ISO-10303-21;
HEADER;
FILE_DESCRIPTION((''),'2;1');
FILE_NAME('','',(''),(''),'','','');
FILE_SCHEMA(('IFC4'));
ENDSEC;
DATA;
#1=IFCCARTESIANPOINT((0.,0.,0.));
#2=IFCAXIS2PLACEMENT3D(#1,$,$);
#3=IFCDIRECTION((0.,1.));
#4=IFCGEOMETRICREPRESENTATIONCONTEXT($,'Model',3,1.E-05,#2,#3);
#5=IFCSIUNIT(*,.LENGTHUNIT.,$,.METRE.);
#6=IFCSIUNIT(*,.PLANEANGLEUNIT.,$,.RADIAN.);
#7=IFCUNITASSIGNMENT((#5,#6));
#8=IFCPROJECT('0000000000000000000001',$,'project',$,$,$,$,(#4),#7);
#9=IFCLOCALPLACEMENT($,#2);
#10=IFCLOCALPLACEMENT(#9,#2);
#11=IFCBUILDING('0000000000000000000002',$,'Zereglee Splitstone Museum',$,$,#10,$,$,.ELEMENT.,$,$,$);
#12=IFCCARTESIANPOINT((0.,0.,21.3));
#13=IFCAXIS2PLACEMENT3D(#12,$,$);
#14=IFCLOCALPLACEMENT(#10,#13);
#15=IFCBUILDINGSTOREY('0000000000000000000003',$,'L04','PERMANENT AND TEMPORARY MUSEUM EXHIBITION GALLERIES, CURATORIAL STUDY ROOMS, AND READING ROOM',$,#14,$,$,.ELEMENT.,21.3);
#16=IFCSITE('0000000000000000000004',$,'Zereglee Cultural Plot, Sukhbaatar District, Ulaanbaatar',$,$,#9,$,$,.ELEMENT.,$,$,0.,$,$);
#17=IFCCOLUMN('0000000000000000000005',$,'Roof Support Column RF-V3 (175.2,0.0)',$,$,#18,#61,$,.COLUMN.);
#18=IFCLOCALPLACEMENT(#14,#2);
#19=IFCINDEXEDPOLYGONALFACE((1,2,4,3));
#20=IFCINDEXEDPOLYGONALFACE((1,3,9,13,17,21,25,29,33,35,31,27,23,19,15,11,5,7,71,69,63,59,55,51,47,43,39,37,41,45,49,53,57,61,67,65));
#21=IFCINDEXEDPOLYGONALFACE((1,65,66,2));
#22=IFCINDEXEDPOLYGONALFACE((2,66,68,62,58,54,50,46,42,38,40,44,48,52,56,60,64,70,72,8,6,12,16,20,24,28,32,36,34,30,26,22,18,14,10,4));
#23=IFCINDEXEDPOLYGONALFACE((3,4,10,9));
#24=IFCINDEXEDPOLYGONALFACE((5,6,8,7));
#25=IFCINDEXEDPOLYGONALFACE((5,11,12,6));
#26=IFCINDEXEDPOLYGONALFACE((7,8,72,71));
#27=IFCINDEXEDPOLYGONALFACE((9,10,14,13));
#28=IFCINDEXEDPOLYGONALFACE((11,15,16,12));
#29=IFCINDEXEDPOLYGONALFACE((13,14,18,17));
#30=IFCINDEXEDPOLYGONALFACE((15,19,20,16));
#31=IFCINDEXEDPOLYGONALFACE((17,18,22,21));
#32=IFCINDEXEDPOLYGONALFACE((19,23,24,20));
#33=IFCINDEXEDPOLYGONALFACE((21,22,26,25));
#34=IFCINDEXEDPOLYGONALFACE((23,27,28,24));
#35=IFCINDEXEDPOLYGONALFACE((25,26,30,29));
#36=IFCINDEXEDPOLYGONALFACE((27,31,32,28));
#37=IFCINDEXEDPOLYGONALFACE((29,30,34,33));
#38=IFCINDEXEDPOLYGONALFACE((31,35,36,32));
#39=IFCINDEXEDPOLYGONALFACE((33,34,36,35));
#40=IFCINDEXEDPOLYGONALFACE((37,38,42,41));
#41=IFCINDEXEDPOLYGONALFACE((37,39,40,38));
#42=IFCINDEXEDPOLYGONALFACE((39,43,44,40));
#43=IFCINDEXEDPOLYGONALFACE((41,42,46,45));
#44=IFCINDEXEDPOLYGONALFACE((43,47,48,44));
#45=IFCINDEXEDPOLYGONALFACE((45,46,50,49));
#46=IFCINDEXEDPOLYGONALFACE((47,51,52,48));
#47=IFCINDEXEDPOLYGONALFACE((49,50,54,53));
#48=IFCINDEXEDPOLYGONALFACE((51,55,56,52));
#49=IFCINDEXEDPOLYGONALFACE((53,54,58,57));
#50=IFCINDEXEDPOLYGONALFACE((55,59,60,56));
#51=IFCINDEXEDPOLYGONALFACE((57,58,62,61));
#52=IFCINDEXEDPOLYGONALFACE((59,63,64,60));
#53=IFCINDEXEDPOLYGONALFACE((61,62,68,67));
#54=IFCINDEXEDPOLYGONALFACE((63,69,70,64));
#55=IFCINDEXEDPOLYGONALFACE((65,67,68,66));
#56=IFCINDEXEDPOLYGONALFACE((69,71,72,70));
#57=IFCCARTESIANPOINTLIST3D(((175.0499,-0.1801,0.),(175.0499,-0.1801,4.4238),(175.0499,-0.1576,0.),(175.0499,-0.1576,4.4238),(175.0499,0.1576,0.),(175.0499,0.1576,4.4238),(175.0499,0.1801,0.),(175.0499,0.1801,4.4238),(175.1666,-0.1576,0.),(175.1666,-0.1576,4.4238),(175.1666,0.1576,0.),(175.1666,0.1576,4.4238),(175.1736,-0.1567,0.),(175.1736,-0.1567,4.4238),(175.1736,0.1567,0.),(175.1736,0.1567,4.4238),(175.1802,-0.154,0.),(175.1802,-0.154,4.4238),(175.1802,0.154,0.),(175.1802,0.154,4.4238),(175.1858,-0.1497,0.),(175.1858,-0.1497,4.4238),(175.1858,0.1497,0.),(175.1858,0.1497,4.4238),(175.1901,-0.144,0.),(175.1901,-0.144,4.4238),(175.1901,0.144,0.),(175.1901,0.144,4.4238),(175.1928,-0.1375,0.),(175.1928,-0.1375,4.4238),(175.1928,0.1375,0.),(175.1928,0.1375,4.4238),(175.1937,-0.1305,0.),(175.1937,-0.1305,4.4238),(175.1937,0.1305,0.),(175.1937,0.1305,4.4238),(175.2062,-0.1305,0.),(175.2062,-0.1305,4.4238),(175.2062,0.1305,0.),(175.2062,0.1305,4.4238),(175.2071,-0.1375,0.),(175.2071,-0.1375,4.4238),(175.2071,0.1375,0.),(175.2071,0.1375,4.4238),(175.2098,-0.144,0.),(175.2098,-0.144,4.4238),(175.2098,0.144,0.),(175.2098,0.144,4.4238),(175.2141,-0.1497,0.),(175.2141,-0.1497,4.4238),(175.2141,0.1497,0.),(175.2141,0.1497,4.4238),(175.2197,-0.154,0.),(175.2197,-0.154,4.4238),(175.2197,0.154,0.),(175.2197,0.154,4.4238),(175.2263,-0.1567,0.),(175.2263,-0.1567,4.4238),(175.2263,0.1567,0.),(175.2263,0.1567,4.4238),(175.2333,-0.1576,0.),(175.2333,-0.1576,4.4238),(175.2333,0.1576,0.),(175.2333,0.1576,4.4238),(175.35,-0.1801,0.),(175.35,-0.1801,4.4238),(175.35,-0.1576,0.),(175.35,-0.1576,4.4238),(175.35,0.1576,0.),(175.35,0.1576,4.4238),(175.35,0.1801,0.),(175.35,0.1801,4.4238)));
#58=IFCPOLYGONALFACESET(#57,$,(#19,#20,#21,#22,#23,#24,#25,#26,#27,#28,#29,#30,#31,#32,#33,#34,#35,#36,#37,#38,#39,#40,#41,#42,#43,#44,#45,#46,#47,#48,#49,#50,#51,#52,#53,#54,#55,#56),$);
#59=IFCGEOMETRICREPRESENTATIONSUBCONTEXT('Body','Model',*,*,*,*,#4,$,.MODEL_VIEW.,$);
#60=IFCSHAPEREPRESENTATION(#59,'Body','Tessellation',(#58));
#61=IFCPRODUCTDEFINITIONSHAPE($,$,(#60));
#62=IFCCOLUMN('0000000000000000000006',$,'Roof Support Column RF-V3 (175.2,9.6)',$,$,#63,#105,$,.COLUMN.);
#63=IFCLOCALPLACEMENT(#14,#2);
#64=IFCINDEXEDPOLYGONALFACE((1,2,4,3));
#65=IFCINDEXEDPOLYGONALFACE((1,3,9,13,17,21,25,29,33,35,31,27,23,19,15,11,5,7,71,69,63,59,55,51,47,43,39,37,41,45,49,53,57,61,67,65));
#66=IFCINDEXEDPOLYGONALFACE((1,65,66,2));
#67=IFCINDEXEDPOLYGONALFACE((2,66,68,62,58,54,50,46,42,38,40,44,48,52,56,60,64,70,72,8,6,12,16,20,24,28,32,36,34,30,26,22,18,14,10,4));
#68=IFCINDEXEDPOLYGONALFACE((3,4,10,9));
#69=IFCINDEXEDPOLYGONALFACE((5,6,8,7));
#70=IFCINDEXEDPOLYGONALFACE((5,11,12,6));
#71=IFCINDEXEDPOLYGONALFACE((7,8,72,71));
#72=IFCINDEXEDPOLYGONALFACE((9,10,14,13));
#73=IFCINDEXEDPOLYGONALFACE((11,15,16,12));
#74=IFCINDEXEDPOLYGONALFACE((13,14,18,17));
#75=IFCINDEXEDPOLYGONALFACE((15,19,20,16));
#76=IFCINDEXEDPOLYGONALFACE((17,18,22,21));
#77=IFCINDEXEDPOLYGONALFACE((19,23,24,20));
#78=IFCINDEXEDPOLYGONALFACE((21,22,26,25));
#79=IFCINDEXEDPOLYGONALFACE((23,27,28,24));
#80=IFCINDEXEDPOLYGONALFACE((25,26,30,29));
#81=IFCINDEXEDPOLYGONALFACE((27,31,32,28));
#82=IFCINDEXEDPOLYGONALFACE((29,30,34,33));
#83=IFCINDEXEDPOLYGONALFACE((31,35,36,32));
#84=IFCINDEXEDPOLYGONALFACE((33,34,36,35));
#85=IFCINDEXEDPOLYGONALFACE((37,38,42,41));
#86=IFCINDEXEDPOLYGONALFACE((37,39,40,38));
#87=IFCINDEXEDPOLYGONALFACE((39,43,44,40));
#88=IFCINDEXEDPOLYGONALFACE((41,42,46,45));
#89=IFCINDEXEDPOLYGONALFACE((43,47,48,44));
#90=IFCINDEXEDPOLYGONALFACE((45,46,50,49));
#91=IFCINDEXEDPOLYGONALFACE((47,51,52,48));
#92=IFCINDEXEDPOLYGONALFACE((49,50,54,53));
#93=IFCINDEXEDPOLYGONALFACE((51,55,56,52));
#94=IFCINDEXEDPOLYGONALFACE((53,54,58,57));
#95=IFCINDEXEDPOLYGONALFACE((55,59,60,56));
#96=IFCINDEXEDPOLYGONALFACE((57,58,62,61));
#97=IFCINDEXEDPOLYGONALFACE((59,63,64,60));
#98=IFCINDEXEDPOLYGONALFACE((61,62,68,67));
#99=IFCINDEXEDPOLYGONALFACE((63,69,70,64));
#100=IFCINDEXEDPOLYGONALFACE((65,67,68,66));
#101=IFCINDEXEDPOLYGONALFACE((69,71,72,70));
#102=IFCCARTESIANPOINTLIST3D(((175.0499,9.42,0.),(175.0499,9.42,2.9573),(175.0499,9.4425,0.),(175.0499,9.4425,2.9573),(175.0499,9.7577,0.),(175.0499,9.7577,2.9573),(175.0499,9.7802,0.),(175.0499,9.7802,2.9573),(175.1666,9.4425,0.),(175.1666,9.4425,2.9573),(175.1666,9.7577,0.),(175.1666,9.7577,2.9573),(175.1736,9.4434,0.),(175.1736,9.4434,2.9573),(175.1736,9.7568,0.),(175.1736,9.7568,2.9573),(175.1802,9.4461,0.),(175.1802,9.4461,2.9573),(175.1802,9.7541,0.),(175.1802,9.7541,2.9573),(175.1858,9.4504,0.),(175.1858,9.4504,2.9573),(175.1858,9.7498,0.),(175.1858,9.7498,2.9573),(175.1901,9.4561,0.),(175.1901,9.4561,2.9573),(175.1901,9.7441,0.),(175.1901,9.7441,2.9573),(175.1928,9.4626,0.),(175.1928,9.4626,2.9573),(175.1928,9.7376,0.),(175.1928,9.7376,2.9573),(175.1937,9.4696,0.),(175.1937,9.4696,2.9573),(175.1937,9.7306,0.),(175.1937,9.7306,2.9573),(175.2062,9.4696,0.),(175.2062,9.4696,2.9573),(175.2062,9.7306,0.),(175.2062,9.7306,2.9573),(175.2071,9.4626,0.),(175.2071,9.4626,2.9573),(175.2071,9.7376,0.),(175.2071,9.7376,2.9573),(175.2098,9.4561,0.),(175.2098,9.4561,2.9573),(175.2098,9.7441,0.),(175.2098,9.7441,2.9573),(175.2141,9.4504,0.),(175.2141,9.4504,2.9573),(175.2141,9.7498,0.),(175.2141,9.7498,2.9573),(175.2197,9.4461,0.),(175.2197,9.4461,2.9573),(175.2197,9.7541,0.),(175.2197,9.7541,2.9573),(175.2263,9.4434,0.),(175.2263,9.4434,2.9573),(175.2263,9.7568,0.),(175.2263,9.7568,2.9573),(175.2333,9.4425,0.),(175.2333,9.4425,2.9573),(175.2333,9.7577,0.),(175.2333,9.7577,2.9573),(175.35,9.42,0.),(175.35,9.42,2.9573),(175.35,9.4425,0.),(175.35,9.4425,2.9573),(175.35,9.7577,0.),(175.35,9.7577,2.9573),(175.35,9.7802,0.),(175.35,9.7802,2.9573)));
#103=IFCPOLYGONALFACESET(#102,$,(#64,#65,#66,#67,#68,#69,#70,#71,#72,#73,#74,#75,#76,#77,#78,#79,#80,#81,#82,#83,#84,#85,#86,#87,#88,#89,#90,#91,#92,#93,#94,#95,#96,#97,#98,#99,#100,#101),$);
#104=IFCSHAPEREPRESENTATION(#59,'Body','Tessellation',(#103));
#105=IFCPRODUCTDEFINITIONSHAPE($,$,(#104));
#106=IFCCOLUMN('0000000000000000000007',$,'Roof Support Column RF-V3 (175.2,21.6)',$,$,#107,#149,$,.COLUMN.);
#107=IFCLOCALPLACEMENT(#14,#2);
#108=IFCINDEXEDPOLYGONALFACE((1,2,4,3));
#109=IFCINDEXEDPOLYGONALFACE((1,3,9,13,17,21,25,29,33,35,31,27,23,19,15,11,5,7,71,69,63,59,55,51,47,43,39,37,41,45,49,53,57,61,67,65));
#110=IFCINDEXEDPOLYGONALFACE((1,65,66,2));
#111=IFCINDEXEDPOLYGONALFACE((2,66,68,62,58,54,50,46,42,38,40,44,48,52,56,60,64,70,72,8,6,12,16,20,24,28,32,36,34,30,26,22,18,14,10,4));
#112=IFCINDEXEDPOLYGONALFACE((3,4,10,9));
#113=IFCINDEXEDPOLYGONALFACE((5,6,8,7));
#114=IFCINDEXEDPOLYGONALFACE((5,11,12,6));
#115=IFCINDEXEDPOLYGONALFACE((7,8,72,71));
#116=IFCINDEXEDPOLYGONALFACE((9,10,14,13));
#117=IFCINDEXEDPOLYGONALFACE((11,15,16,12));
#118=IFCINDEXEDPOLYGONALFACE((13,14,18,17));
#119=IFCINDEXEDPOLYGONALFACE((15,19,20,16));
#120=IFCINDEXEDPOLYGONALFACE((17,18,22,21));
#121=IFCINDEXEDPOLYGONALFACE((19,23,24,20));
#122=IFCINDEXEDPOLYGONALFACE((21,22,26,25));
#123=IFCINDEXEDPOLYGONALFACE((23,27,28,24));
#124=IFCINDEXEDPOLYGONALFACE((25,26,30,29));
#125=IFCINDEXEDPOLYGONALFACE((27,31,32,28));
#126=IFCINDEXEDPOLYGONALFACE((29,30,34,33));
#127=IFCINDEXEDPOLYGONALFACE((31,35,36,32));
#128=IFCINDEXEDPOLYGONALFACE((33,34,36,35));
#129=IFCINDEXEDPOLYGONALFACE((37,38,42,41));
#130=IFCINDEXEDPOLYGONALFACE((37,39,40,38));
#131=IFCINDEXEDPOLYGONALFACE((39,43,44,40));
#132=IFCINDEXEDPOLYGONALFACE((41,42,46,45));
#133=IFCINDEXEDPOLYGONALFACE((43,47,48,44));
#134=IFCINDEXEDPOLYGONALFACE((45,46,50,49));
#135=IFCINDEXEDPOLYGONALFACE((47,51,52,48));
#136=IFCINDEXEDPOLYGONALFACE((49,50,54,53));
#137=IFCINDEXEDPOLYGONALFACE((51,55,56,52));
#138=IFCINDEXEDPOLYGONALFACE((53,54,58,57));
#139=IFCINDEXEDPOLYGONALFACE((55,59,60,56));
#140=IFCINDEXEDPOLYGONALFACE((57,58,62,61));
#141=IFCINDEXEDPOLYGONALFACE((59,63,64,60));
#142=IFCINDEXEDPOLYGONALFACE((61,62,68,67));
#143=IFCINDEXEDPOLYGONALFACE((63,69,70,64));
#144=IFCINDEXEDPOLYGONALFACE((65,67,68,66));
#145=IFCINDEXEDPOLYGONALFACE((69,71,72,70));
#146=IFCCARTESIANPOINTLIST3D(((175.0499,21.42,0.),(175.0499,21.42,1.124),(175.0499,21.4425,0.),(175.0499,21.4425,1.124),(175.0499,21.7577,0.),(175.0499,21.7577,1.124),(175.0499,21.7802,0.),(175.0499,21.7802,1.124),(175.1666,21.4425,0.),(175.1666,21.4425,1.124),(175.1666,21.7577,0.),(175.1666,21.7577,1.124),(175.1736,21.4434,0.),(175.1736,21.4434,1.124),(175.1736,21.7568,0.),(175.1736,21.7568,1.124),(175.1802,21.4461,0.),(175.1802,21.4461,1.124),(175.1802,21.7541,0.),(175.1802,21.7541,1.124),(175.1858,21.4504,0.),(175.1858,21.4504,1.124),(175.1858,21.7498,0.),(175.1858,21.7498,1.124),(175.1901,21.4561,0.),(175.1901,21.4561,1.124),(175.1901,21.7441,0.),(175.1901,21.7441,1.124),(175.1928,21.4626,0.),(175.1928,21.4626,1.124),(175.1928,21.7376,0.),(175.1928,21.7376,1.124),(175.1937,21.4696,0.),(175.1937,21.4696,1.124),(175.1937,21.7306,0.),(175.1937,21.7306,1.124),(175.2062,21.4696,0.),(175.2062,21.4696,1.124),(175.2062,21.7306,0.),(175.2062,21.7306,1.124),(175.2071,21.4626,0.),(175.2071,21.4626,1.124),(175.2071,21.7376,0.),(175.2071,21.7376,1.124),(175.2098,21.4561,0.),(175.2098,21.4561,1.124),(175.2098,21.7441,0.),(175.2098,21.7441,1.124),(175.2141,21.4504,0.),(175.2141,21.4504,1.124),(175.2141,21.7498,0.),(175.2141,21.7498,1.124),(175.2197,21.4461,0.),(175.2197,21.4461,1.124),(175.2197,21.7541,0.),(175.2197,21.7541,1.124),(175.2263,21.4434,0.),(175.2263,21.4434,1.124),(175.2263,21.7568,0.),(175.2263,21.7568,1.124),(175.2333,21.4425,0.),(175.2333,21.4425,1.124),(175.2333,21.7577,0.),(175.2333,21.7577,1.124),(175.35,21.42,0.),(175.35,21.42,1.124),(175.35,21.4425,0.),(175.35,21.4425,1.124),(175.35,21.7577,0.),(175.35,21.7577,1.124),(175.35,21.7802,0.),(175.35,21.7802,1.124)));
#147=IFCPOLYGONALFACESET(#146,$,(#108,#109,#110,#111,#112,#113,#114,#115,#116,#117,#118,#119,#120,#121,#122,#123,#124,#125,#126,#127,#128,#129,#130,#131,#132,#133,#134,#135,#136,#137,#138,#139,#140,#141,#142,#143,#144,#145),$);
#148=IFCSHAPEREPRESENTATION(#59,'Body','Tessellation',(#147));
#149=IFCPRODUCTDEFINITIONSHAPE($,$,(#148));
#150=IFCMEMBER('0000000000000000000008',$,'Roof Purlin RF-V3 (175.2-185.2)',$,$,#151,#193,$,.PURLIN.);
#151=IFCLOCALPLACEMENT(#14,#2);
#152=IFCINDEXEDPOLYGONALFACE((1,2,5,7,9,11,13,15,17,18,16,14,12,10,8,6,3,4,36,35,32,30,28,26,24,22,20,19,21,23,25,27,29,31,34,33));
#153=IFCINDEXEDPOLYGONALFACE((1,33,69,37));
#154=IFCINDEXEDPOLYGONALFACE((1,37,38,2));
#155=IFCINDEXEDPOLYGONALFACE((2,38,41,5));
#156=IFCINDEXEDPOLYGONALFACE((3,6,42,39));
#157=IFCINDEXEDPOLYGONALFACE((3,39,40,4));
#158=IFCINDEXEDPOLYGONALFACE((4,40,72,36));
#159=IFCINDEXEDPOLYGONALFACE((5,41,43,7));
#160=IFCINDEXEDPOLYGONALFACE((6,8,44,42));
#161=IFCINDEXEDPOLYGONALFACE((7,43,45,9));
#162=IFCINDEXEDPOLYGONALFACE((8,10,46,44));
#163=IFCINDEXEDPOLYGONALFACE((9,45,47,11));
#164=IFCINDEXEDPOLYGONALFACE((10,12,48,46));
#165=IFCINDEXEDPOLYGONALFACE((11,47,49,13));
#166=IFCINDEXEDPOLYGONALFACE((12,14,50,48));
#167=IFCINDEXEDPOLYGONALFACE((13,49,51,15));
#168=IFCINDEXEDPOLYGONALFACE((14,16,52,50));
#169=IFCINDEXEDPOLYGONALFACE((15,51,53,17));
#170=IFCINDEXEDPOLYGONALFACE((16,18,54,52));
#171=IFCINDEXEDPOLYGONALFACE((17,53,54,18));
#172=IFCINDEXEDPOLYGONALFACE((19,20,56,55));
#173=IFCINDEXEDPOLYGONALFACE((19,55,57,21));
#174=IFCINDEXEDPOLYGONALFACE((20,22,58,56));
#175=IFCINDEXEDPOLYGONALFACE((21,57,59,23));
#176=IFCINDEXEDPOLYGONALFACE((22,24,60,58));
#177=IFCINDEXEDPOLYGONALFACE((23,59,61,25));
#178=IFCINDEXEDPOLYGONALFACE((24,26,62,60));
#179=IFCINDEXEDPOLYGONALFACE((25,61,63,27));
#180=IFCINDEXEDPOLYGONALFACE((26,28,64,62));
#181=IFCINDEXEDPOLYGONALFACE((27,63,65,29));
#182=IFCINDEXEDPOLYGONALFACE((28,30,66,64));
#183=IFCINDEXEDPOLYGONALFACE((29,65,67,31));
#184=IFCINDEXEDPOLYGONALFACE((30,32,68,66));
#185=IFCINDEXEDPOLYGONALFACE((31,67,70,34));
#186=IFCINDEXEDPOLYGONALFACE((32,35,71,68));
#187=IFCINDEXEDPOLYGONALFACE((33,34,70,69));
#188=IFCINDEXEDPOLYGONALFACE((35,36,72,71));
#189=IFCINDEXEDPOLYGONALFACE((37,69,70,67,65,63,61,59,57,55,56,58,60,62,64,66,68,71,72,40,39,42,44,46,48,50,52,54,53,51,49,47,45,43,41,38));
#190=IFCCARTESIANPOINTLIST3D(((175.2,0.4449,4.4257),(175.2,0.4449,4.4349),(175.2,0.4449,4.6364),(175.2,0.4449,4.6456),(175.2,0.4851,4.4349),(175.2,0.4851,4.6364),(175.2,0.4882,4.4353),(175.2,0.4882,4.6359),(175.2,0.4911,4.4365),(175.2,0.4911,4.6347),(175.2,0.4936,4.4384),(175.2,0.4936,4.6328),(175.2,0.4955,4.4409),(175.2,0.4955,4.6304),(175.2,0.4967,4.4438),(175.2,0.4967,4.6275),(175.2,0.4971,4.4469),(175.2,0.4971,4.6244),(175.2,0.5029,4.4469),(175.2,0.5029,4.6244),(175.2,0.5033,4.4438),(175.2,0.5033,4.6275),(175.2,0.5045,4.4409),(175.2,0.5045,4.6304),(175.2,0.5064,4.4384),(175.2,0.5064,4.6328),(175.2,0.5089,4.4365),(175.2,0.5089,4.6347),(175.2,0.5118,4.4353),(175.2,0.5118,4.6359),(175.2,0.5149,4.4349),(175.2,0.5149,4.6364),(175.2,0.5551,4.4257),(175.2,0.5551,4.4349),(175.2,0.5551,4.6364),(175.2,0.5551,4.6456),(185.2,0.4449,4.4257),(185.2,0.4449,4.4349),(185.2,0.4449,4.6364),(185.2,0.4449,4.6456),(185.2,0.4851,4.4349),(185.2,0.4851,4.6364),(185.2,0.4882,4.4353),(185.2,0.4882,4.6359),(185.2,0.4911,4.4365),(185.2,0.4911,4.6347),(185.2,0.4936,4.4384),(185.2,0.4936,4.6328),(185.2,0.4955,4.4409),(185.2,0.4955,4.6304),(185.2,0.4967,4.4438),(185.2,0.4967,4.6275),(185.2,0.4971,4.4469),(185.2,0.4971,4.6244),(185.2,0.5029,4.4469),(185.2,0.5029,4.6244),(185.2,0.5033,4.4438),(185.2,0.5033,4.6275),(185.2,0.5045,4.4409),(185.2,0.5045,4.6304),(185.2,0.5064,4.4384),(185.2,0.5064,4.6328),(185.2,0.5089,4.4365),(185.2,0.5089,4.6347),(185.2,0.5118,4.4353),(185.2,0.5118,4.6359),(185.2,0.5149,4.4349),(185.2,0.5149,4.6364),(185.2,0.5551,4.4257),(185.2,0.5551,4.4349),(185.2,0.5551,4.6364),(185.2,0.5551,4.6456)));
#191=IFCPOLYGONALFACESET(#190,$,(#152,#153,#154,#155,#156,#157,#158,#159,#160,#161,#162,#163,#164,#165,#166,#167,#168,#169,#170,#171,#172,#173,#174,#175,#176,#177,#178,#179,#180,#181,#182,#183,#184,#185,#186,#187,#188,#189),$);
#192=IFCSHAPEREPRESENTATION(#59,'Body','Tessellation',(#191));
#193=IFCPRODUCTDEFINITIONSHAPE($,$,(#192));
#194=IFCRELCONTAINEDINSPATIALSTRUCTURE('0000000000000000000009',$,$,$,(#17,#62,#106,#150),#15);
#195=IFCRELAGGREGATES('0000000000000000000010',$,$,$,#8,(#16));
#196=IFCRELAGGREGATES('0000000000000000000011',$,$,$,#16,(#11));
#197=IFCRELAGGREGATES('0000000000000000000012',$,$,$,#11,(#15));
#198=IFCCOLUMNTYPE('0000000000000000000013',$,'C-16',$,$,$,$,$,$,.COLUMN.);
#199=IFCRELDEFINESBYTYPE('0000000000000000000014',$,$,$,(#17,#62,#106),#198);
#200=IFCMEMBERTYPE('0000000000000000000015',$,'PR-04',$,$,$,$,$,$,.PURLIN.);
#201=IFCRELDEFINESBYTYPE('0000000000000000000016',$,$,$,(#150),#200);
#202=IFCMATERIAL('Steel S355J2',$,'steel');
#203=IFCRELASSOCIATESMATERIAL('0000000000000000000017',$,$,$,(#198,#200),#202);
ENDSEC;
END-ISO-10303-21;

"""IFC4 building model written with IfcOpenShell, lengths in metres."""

from ifc_helpers import new_model, si_unit, direction, frame, origin, origin_2d, place, context, subcontext, project, spatial, i_section, extrude, material, material_profile, profile_set, type_object, element, save


model = new_model("IFC4")

# Units and contexts
model_context = context("Model", 3, precision=1e-05, world=origin(), true_north=direction((0.0, 1.0)))
body_context = subcontext(model_context, "Body", "Model", "MODEL_VIEW")
ifc_project = project(units=[si_unit("LENGTHUNIT", "METRE"), si_unit("PLANEANGLEUNIT", "RADIAN")], contexts=[model_context])

# Site, building, storey
site_placement = place(None, origin())
site = spatial("IfcSite", under=ifc_project, at=site_placement, Name="Zereglee Cultural Plot, Sukhbaatar District, Ulaanbaatar", CompositionType="ELEMENT", RefElevation=0.0)
building_placement = place(site_placement, origin())
building = spatial("IfcBuilding", under=site, at=building_placement, Name="Zereglee Splitstone Museum", CompositionType="ELEMENT")
storey_placement = place(building_placement, frame((0.0, 0.0, 21.3)))
storey = spatial("IfcBuildingStorey", under=building, at=storey_placement, Name="L04", Description="PERMANENT AND TEMPORARY MUSEUM EXHIBITION GALLERIES, CURATORIAL STUDY ROOMS, AND READING ROOM", CompositionType="ELEMENT", Elevation=21.3)

# Columns
ifc_material_1 = material(Name="Steel S355J2", Category="steel")
ifc_material_profile_1 = material_profile(ifc_material_1, i_section(OverallWidth=0.3, OverallDepth=0.3601, WebThickness=0.0125, FlangeThickness=0.0225, FilletRadius=0.0271, at=origin_2d()), Name="HE 360 B")
ifc_profile_set_1 = profile_set([ifc_material_profile_1], Name="Steel S355J2")
column_type = type_object("IfcColumnType", Name="C-16", PredefinedType="COLUMN", material=ifc_profile_set_1)
column_1_placement = place(storey_placement, frame((175.2, 0.0, 0.0), z_axis=(0.0, 0.0, 1.0), x_axis=(1.0, 0.0, 0.0)))
element("IfcColumn", 1, at=column_1_placement, inside=storey, type_object=column_type, Name="Roof Support Column RF-V3 (175.2,0.0)", PredefinedType="COLUMN", context=body_context, shape_type="SweptSolid", body=[
    extrude(i_section(OverallWidth=0.3, OverallDepth=0.3601, WebThickness=0.0125, FlangeThickness=0.0225, FilletRadius=0.0271, at=origin_2d()), origin(), (0.0, 0.0, 1.0), 4.4238),
])
column_2_placement = place(storey_placement, frame((175.2, 9.6001, 0.0), z_axis=(0.0, 0.0, 1.0), x_axis=(1.0, 0.0, 0.0)))
element("IfcColumn", 2, at=column_2_placement, inside=storey, type_object=column_type, Name="Roof Support Column RF-V3 (175.2,9.6)", PredefinedType="COLUMN", context=body_context, shape_type="SweptSolid", body=[
    extrude(i_section(OverallWidth=0.3, OverallDepth=0.3601, WebThickness=0.0125, FlangeThickness=0.0225, FilletRadius=0.0271, at=origin_2d()), origin(), (0.0, 0.0, 1.0), 2.9573),
])
column_3_placement = place(storey_placement, frame((175.2, 21.6001, 0.0), z_axis=(0.0, 0.0, 1.0), x_axis=(1.0, 0.0, 0.0)))
element("IfcColumn", 3, at=column_3_placement, inside=storey, type_object=column_type, Name="Roof Support Column RF-V3 (175.2,21.6)", PredefinedType="COLUMN", context=body_context, shape_type="SweptSolid", body=[
    extrude(i_section(OverallWidth=0.3, OverallDepth=0.3601, WebThickness=0.0125, FlangeThickness=0.0225, FilletRadius=0.0271, at=origin_2d()), origin(), (0.0, 0.0, 1.0), 1.124),
])

# Member
ifc_material_profile_2 = material_profile(ifc_material_1, i_section(OverallWidth=0.1101, OverallDepth=0.22, WebThickness=0.0059, FlangeThickness=0.0093, FilletRadius=0.012, at=origin_2d()), Name="IPE 220")
ifc_profile_set_2 = profile_set([ifc_material_profile_2], Name="Steel S355J2")
member_type = type_object("IfcMemberType", Name="PR-04", PredefinedType="PURLIN", material=ifc_profile_set_2)
for number, where, z_axis, x_axis, name in (
    (4, (175.2, 0.5, 4.5356), (1.0, 0.0, 0.0), (0.0, 1.0, 0.0), "Roof Purlin RF-V3 (175.2-185.2)"),
):
    element("IfcMember", number, at=place(storey_placement, frame(where, z_axis=z_axis, x_axis=x_axis)), inside=storey, type_object=member_type, Name=name, PredefinedType="PURLIN", context=body_context, shape_type="SweptSolid", body=[
        extrude(i_section(OverallWidth=0.1101, OverallDepth=0.22, WebThickness=0.0059, FlangeThickness=0.0093, FilletRadius=0.012, at=origin_2d()), origin(), (0.0, 0.0, 1.0), 10.0),
    ])

save(model, "model.ifc")
